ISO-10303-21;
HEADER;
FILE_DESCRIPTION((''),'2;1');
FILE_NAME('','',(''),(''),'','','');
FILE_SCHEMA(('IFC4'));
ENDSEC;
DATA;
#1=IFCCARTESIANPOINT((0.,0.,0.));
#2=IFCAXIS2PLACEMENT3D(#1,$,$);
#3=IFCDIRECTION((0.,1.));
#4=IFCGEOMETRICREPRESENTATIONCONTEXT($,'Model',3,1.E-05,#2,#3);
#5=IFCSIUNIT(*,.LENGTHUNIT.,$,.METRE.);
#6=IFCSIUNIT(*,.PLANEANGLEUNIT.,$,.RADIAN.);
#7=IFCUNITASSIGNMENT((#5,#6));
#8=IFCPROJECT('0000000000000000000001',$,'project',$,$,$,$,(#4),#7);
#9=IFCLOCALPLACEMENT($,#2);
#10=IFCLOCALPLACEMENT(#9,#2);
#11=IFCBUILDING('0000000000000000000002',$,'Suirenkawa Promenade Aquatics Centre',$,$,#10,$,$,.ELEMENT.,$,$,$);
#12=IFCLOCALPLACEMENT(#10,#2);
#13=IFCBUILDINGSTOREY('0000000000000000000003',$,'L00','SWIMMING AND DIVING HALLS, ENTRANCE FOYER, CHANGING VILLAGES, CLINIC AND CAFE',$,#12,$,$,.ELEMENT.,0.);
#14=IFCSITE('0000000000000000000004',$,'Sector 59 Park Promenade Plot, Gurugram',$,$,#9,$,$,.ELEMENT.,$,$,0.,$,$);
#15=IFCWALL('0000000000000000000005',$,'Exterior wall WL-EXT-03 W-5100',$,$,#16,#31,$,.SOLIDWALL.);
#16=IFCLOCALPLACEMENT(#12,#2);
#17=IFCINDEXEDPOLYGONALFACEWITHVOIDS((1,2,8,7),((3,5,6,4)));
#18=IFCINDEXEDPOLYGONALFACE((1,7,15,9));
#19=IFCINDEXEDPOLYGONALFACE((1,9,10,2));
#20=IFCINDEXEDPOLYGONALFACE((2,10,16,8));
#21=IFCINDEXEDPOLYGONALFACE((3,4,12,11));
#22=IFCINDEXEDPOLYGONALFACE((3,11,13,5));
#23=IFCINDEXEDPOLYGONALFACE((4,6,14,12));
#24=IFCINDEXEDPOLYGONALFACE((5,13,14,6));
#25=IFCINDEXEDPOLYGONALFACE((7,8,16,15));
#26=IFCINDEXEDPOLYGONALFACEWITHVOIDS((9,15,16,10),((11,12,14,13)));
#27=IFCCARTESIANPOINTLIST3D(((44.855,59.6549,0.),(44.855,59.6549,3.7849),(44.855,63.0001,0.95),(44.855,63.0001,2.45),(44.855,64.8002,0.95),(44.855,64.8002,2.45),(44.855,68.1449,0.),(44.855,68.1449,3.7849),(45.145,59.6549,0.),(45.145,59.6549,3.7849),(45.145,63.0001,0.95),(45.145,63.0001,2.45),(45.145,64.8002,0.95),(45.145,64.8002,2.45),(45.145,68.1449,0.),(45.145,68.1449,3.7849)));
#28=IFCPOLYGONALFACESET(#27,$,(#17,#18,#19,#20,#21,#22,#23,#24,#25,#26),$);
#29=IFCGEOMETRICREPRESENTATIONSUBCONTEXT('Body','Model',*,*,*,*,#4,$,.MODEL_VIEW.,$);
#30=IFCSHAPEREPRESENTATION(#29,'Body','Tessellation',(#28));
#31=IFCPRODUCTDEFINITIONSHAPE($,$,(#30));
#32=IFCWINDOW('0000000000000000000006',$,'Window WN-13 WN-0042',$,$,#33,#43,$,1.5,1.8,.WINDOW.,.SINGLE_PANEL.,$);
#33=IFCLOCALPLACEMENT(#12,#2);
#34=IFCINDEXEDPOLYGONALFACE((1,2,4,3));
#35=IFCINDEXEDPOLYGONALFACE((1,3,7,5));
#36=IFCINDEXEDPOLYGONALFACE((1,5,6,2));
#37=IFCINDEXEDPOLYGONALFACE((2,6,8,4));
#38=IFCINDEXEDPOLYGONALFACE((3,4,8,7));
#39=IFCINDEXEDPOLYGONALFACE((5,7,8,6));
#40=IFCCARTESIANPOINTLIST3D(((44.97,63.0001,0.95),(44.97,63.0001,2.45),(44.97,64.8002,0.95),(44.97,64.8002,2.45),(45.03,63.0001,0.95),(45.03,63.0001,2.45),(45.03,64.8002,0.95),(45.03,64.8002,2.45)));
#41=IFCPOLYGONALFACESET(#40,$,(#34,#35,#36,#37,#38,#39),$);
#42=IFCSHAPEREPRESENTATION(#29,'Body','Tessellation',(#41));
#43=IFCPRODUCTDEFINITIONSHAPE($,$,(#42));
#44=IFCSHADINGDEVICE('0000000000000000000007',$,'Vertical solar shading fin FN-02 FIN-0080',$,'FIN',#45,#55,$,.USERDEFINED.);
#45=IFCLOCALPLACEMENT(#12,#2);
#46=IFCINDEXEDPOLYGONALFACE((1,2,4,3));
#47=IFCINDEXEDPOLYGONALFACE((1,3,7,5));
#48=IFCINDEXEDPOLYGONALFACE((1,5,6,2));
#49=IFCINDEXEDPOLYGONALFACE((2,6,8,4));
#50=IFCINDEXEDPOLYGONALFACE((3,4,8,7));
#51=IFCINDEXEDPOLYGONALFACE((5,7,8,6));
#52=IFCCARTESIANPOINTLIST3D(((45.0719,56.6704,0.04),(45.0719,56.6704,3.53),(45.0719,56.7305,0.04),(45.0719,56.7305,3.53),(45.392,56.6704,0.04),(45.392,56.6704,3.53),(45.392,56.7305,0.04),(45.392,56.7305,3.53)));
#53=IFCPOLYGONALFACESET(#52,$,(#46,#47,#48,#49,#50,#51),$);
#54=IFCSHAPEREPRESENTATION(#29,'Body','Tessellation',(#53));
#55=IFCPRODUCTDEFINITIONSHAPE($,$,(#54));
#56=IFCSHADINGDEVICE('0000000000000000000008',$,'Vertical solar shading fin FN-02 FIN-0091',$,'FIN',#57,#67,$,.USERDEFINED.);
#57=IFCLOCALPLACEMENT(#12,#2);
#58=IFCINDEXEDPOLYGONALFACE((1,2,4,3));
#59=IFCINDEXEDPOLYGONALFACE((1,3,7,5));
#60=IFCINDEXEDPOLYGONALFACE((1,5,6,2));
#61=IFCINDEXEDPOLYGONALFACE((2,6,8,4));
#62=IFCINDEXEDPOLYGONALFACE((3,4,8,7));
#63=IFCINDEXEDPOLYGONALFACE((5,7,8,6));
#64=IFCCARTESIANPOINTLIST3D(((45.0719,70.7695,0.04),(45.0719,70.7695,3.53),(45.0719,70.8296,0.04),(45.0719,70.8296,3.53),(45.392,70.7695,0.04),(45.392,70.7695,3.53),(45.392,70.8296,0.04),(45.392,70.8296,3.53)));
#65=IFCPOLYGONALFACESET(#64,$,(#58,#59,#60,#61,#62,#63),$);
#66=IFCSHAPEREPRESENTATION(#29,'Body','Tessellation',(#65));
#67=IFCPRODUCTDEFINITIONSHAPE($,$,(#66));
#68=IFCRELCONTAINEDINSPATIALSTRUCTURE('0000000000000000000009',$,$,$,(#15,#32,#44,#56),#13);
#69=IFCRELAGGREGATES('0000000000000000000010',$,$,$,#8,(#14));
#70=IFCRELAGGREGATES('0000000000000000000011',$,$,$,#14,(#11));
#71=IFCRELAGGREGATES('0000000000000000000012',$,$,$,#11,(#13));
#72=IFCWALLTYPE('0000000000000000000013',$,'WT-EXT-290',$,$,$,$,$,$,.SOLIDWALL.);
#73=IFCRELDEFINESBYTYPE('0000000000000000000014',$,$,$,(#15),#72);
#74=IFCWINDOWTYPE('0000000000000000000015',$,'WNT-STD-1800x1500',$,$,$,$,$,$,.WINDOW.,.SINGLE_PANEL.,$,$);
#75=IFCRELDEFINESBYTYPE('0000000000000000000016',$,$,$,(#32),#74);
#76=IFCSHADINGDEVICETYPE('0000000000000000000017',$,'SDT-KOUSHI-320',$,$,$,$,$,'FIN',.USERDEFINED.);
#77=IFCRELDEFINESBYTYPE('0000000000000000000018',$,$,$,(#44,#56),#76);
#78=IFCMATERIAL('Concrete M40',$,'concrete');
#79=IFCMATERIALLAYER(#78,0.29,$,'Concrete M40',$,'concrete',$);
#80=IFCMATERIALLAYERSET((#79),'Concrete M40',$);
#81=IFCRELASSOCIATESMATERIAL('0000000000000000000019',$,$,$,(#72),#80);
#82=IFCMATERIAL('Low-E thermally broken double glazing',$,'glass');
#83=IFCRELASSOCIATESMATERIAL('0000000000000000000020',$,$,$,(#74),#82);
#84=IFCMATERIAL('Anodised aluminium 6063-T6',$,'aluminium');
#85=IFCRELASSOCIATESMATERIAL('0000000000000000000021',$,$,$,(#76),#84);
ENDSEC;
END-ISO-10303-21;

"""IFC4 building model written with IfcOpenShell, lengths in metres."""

from ifc_helpers import new_model, si_unit, direction, frame, frame_2d, origin, origin_2d, place, context, subcontext, project, spatial, rectangle, extrude, material, layer, layer_set, type_object, element, fill, save


model = new_model("IFC4")

# Units and contexts
model_context = context("Model", 3, precision=1e-05, world=origin(), true_north=direction((0.0, 1.0)))
body_context = subcontext(model_context, "Body", "Model", "MODEL_VIEW")
ifc_project = project(units=[si_unit("LENGTHUNIT", "METRE"), si_unit("PLANEANGLEUNIT", "RADIAN")], contexts=[model_context])

# Site, building, storey
site_placement = place(None, origin())
site = spatial("IfcSite", under=ifc_project, at=site_placement, Name="Sector 59 Park Promenade Plot, Gurugram", CompositionType="ELEMENT", RefElevation=0.0)
building_placement = place(site_placement, origin())
building = spatial("IfcBuilding", under=site, at=building_placement, Name="Suirenkawa Promenade Aquatics Centre", CompositionType="ELEMENT")
storey_placement = place(building_placement, origin())
storey = spatial("IfcBuildingStorey", under=building, at=storey_placement, Name="L00", Description="SWIMMING AND DIVING HALLS, ENTRANCE FOYER, CHANGING VILLAGES, CLINIC AND CAFE", CompositionType="ELEMENT", Elevation=0.0)

# Shared definitions
ifc_material_1 = material(Name="Concrete M40", Category="concrete")

# Shared definitions
ifc_material_2 = material(Name="Anodised aluminium 6063-T6", Category="aluminium")

# Shared definitions
ifc_material_3 = material(Name="Low-E thermally broken double glazing", Category="glass")

# Wall, opening, window
ifc_layer_1 = layer(ifc_material_1, 0.29, Name="Concrete M40", Category="concrete")
ifc_layer_set_1 = layer_set([ifc_layer_1], Name="Concrete M40")
wall_type = type_object("IfcWallType", Name="WT-EXT-290", PredefinedType="SOLIDWALL", material=ifc_layer_set_1)
wall_placement = place(storey_placement, frame((45.0, 68.145, 0.0), z_axis=(0.0, 0.0, 1.0), x_axis=(0.0, -1.0, 0.0)))
wall = element("IfcWall", 1, at=wall_placement, inside=storey, type_object=wall_type, Name="Exterior wall WL-EXT-03 W-5100", PredefinedType="SOLIDWALL", context=body_context, shape_type="SweptSolid", body=[
    extrude(rectangle(XDim=8.49, YDim=0.29, at=frame_2d((4.2451, 0.0))), origin(), (0.0, 0.0, 1.0), 3.7849),
])
opening_placement = place(wall_placement, frame((3.345, 0.0, 0.95)))
opening = element("IfcOpeningElement", 2, at=opening_placement, cuts=wall, PredefinedType="OPENING", context=body_context, shape_type="SweptSolid", body=[
    extrude(rectangle(XDim=1.8, YDim=1.5, at=frame_2d((0.8999, 0.75))), frame((0.0, 0.155, 0.0), z_axis=(0.0, -1.0, 0.0), x_axis=(1.0, 0.0, 0.0)), (0.0, 0.0, 1.0), 0.3101),
])
window_type = type_object("IfcWindowType", Name="WNT-STD-1800x1500", PartitioningType="SINGLE_PANEL", PredefinedType="WINDOW", material=ifc_material_3)
window_placement = place(opening_placement, origin())
window = element("IfcWindow", 3, at=window_placement, inside=storey, type_object=window_type, Name="Window WN-13 WN-0042", OverallHeight=1.5, OverallWidth=1.8, PartitioningType="SINGLE_PANEL", PredefinedType="WINDOW", context=body_context, shape_type="SweptSolid", body=[
    extrude(rectangle(XDim=1.8, YDim=1.5, at=frame_2d((0.8999, 0.75))), frame((0.0, 0.03, 0.0), z_axis=(0.0, -1.0, 0.0), x_axis=(1.0, 0.0, 0.0)), (0.0, 0.0, 1.0), 0.0601),
])
fill(opening, window)

# Shading devices
shading_device_type = type_object("IfcShadingDeviceType", Name="SDT-KOUSHI-320", ElementType="FIN", PredefinedType="USERDEFINED", material=ifc_material_2)
for number, where, z_axis, x_axis, name in (
    (4, (45.2319, 56.7004, 0.04), (0.0, 0.0, 1.0), (1.0, 0.0, 0.0), "Vertical solar shading fin FN-02 FIN-0080"),
    (5, (45.2319, 70.7996, 0.04), (0.0, 0.0, 1.0), (1.0, 0.0, 0.0), "Vertical solar shading fin FN-02 FIN-0091"),
):
    element("IfcShadingDevice", number, at=place(storey_placement, frame(where, z_axis=z_axis, x_axis=x_axis)), inside=storey, type_object=shading_device_type, Name=name, ObjectType="FIN", PredefinedType="USERDEFINED", context=body_context, shape_type="SweptSolid", body=[
        extrude(rectangle(XDim=0.3201, YDim=0.0601, at=origin_2d()), origin(), (0.0, 0.0, 1.0), 3.49),
    ])

save(model, "model.ifc")
